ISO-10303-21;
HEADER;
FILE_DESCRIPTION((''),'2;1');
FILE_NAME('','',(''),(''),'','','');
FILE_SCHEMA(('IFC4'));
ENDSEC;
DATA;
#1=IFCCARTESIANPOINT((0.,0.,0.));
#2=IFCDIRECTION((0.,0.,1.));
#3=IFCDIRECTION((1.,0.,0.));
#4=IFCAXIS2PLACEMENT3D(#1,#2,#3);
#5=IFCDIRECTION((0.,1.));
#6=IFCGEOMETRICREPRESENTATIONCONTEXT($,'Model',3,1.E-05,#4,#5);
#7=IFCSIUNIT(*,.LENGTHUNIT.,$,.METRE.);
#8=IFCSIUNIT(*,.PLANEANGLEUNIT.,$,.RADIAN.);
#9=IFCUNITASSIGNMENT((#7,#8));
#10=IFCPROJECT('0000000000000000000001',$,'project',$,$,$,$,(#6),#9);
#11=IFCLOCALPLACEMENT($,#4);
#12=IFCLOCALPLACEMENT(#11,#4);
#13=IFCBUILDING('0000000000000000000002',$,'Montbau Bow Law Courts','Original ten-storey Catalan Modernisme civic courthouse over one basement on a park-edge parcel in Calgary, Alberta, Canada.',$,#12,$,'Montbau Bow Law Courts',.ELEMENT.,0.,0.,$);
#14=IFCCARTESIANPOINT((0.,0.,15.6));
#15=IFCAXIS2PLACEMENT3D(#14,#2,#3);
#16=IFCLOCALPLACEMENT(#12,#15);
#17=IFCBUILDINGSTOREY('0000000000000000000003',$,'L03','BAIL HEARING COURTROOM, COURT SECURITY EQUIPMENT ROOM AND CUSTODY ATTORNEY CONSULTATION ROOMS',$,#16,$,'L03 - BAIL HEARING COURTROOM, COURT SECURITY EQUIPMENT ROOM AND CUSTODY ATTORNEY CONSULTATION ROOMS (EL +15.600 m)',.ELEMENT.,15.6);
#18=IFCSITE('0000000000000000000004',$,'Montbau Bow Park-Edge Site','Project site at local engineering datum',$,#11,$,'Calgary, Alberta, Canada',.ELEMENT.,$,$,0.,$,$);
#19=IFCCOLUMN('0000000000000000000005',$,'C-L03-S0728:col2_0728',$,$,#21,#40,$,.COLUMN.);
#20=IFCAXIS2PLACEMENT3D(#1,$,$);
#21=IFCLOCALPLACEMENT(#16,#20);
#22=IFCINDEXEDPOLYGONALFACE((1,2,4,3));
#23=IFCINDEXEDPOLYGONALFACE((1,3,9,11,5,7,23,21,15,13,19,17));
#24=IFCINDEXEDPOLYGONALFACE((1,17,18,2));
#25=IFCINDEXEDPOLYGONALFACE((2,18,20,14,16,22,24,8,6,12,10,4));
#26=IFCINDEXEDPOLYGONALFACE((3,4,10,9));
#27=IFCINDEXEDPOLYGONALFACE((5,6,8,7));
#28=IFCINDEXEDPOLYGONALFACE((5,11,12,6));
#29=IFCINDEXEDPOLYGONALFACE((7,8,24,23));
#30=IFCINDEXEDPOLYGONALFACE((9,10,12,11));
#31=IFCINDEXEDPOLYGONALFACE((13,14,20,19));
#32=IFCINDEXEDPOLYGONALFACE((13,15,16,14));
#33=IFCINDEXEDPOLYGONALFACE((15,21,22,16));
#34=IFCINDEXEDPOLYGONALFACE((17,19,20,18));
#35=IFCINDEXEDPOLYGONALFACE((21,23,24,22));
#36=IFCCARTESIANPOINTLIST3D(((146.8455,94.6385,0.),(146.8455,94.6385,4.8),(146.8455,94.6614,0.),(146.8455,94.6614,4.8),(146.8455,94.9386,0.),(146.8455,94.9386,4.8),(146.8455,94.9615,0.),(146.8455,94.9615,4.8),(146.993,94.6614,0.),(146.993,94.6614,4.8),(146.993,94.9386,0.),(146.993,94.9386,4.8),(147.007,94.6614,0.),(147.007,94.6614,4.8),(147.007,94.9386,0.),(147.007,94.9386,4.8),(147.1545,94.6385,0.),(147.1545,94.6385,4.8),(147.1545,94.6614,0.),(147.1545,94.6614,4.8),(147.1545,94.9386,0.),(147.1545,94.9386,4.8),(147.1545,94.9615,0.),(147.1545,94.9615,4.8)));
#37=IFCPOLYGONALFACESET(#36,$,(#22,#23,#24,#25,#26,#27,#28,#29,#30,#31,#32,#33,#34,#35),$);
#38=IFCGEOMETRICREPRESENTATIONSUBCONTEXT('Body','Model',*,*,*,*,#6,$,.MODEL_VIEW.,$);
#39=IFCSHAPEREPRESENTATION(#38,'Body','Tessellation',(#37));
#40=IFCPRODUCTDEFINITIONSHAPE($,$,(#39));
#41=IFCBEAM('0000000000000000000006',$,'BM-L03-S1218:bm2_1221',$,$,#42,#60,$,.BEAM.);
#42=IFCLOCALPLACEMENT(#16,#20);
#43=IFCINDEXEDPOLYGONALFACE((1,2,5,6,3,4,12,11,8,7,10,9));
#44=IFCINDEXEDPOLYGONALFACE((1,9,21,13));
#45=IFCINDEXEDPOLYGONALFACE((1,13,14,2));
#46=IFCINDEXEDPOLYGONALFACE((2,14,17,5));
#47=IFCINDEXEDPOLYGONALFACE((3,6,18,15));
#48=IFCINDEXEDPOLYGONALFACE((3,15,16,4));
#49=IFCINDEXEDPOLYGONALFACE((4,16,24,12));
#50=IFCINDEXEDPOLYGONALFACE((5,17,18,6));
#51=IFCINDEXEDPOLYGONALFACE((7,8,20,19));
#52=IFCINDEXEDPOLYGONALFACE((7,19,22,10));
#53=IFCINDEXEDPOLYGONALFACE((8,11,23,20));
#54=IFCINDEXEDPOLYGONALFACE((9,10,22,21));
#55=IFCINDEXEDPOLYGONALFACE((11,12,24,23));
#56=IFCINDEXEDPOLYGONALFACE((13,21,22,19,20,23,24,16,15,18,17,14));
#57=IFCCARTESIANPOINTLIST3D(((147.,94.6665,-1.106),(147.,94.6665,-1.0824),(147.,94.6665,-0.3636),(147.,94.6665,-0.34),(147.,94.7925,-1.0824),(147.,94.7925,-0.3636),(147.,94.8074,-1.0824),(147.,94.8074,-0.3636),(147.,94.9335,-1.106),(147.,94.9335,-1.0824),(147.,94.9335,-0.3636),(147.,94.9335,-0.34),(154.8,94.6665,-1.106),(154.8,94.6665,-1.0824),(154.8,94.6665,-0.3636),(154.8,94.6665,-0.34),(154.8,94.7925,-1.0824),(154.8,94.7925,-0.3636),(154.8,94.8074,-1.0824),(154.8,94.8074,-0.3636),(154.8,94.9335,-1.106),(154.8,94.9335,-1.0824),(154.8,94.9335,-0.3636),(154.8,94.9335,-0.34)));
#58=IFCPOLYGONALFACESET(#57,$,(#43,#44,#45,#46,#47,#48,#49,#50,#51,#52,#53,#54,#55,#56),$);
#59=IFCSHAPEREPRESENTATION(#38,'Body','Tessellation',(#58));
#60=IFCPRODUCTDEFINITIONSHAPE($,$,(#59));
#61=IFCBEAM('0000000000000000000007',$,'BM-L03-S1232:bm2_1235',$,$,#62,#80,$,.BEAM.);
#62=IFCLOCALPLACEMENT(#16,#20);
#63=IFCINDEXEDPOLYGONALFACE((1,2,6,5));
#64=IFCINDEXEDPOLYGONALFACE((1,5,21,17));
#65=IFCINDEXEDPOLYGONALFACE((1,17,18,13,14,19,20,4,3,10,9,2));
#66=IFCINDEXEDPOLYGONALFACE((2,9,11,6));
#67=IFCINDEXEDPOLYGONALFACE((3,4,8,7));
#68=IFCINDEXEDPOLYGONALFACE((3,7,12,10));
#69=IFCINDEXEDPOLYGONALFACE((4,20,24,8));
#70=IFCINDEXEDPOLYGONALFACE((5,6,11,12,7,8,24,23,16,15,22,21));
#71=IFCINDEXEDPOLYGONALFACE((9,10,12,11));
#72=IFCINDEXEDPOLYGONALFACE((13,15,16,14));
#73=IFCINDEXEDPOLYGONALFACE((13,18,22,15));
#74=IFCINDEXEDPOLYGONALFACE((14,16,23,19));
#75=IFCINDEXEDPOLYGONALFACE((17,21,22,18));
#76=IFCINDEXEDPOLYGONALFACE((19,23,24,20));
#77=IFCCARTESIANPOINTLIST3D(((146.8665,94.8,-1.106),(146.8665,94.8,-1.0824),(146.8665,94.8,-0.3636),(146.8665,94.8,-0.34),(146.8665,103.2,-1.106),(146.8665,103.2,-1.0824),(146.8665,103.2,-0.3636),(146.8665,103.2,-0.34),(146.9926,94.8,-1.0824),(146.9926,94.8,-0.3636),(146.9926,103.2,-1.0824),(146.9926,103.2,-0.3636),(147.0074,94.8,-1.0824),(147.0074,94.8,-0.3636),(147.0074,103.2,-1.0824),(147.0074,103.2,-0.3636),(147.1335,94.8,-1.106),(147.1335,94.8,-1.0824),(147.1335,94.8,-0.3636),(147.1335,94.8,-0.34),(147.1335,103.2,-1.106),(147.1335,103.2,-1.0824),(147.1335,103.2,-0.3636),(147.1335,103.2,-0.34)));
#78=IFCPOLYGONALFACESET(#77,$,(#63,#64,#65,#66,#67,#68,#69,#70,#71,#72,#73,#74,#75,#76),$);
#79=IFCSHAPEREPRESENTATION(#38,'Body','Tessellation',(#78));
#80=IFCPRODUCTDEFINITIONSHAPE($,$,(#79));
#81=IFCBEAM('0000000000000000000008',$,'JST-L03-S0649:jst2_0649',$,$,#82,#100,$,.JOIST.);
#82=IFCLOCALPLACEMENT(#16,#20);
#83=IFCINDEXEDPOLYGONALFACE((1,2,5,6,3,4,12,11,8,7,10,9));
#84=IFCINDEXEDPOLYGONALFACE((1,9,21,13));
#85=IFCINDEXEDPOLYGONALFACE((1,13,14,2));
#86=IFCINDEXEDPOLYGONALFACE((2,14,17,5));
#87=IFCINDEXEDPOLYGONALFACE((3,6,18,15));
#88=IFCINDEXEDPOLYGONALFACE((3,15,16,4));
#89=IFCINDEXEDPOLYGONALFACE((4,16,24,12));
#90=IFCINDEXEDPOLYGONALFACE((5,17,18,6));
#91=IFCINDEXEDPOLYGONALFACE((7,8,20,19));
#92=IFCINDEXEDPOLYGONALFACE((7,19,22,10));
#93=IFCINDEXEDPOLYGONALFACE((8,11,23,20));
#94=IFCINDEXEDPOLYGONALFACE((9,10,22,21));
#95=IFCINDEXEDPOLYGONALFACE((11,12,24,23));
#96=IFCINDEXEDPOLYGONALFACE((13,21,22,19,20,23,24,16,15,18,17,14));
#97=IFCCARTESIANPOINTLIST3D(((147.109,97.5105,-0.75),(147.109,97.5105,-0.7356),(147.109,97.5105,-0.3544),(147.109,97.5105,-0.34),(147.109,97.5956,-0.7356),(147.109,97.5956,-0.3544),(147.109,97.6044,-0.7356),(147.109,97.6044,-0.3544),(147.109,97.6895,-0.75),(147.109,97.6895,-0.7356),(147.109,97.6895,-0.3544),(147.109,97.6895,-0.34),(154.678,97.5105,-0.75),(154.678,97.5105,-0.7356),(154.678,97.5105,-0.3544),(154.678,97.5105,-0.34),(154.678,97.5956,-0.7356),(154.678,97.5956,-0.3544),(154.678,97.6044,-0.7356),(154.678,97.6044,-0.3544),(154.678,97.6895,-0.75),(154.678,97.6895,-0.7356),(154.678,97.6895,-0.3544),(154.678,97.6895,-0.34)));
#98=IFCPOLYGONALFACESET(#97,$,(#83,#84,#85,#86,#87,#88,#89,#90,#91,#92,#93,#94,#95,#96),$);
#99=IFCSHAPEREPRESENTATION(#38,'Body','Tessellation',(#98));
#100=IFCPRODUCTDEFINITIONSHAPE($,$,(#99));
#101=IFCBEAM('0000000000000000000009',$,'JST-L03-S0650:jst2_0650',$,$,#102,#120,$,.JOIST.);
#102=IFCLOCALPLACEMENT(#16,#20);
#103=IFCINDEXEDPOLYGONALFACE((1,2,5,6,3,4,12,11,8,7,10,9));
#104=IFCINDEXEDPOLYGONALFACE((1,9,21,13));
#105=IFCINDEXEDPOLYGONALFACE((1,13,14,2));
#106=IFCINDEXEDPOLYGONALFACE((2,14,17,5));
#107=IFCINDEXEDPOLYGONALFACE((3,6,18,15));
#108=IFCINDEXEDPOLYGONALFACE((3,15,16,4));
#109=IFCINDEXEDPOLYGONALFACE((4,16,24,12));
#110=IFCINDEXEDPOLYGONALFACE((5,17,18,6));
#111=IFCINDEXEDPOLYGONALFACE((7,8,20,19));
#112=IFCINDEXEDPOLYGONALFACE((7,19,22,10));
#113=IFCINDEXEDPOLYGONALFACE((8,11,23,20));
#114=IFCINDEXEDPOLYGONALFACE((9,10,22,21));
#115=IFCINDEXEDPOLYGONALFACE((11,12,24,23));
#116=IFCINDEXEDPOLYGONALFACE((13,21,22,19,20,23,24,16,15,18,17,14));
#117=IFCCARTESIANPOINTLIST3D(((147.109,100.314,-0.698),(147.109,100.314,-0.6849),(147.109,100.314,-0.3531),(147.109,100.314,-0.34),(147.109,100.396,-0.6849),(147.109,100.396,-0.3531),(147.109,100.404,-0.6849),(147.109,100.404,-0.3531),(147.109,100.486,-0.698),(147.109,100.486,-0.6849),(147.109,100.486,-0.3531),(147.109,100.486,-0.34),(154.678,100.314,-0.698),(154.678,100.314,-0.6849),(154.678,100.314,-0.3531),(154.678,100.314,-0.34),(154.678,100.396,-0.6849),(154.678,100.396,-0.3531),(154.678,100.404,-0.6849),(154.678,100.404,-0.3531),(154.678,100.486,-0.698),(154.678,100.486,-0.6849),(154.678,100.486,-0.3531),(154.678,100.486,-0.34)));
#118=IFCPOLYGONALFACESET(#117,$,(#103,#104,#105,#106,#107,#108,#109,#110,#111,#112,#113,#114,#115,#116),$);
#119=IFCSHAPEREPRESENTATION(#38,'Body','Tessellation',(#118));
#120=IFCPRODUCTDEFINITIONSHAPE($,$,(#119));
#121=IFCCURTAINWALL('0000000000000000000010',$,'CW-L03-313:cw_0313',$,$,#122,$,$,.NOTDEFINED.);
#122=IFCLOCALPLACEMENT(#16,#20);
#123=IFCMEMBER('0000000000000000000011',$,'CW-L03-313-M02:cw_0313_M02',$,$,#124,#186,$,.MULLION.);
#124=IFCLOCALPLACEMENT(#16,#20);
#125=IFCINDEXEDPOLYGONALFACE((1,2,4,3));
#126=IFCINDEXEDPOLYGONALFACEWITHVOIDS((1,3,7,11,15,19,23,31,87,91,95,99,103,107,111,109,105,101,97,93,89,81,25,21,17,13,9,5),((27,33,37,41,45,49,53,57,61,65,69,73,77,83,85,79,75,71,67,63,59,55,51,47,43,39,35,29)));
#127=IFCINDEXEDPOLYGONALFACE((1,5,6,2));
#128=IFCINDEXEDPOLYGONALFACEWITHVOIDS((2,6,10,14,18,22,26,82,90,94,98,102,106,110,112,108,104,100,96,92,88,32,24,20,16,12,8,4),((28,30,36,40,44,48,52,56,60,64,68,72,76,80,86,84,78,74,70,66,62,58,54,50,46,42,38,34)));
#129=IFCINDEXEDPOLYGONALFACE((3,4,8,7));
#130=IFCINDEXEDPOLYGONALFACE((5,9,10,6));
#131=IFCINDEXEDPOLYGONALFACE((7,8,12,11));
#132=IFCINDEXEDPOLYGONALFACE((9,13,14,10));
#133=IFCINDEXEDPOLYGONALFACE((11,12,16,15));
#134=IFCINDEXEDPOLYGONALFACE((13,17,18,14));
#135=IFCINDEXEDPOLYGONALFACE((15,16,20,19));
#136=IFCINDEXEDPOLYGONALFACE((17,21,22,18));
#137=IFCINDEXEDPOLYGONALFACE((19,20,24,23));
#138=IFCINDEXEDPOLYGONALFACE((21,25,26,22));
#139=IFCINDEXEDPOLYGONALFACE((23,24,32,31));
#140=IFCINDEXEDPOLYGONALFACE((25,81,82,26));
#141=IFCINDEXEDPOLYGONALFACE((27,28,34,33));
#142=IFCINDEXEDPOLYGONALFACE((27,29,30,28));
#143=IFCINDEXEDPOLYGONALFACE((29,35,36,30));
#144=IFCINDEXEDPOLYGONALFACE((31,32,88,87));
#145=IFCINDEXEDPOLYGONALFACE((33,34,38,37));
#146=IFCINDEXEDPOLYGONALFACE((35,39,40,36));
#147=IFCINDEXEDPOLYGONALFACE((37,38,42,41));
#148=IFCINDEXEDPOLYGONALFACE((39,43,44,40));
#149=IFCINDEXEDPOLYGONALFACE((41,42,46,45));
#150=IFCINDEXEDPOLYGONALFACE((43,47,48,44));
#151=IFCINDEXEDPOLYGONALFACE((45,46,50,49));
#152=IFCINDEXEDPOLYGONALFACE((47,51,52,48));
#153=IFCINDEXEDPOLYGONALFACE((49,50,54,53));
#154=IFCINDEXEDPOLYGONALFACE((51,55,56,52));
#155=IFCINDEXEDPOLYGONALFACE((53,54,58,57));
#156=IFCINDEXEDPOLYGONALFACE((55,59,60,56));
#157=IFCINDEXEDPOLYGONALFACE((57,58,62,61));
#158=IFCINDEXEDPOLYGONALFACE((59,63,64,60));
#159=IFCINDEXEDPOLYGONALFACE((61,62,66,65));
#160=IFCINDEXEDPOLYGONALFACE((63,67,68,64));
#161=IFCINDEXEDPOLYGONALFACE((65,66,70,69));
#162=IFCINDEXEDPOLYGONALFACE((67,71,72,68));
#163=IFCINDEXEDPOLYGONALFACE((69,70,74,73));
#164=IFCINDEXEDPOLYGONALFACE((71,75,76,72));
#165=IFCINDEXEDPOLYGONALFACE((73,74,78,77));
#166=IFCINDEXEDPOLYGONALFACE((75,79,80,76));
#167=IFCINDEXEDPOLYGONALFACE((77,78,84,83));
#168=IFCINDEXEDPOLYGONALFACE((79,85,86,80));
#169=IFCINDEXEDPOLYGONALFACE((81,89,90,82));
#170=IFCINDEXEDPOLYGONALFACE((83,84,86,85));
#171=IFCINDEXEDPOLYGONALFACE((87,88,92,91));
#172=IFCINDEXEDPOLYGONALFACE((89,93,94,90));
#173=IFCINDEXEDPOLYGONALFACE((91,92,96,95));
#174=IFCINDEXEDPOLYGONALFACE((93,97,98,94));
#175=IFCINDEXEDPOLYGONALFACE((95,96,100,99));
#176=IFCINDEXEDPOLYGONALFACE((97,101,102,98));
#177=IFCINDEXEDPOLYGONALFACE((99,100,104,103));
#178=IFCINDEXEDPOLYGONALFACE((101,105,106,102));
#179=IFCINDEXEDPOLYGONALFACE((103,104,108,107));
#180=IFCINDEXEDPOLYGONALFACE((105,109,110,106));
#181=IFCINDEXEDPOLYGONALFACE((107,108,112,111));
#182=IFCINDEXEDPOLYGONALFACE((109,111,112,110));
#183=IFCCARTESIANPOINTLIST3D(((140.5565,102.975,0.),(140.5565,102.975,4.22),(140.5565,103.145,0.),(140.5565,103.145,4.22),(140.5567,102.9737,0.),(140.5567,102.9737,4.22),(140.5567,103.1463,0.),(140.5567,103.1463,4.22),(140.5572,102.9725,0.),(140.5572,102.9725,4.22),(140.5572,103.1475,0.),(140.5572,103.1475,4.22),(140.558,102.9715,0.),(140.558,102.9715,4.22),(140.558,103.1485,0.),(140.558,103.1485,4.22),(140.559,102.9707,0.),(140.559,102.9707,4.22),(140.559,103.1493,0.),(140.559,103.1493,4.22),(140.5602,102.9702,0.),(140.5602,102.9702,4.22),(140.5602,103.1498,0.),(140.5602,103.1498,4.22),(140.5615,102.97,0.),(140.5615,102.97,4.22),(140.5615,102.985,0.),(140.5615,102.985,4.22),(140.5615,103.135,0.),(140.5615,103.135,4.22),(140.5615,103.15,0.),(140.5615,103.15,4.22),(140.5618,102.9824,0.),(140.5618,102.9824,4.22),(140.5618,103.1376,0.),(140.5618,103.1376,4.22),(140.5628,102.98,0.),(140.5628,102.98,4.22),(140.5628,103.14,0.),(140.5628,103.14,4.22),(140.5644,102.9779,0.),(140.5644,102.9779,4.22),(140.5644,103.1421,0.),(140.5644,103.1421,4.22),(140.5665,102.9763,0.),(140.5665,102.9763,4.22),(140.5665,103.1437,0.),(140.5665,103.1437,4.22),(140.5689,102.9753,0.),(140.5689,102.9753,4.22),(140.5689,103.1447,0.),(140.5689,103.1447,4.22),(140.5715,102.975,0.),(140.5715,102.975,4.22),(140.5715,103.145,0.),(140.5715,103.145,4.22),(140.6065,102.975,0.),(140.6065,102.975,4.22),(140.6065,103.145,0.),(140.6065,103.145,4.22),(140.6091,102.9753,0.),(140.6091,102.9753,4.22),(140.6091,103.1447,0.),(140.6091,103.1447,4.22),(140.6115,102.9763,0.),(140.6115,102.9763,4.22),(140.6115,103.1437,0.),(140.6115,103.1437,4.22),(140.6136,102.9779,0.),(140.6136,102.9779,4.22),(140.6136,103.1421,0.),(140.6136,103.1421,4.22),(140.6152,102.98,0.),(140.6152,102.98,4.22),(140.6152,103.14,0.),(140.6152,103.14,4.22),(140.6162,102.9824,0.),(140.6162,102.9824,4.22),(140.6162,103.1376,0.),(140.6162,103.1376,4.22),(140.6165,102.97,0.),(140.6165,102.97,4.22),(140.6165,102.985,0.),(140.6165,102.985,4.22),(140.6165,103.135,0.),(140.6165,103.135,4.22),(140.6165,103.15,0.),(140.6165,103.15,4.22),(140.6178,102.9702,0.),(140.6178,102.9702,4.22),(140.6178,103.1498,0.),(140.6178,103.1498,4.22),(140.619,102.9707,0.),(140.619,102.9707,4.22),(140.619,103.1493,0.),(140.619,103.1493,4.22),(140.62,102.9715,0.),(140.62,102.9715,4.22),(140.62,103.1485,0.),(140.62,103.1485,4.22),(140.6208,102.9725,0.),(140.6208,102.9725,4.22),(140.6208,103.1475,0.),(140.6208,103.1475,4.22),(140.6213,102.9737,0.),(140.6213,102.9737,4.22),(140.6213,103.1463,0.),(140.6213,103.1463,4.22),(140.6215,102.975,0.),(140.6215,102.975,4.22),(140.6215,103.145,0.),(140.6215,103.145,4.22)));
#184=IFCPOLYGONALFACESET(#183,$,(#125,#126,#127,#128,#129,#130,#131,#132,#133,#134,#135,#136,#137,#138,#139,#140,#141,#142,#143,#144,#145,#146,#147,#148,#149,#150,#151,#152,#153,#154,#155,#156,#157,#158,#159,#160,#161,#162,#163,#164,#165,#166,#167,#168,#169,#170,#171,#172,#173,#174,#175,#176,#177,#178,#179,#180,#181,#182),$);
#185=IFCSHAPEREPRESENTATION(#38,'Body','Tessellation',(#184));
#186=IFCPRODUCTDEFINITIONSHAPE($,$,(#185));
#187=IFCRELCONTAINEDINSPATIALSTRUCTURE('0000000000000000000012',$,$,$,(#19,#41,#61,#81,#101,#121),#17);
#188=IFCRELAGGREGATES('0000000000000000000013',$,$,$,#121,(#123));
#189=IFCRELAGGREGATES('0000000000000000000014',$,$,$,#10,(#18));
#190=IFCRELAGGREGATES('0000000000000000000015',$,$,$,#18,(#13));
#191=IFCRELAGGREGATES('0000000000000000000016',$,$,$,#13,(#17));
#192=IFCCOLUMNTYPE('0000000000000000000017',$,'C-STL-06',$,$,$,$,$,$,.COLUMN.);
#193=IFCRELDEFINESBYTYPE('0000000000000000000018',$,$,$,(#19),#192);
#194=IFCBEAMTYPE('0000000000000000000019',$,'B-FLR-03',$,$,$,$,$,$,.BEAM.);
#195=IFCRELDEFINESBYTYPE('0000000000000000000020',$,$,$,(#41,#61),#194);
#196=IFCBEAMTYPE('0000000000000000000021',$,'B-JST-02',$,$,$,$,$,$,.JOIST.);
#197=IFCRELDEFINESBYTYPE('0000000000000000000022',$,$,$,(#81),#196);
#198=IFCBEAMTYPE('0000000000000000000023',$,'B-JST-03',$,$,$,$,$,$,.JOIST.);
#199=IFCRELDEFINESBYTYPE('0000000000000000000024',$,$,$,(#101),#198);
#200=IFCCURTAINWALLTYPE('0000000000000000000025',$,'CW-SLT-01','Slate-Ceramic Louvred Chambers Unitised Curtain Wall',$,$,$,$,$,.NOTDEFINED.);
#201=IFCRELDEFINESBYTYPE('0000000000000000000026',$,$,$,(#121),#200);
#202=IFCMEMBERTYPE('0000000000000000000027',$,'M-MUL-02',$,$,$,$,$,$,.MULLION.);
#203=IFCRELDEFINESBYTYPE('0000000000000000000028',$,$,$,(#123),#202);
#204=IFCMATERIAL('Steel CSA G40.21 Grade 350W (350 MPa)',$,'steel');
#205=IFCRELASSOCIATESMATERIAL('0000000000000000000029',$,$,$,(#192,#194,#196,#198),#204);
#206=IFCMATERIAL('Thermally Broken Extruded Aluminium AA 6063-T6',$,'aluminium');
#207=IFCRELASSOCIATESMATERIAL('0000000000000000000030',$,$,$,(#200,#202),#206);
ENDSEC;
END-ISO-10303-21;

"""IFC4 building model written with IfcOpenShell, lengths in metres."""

from ifc_helpers import new_model, si_unit, direction, frame, origin_with_axes, origin_2d_with_axis, place, context, subcontext, project, spatial, hollow_rectangle, i_section, extrude, material, material_profile, profile_set, type_object, element, aggregate, save


model = new_model("IFC4")

# Units and contexts
model_context = context("Model", 3, precision=1e-05, world=origin_with_axes(), true_north=direction((0.0, 1.0)))
body_context = subcontext(model_context, "Body", "Model", "MODEL_VIEW")
ifc_project = project(units=[si_unit("LENGTHUNIT", "METRE"), si_unit("PLANEANGLEUNIT", "RADIAN")], contexts=[model_context])

# Site, building, storey
site_placement = place(None, origin_with_axes())
site = spatial("IfcSite", under=ifc_project, at=site_placement, Name="Montbau Bow Park-Edge Site", Description="Project site at local engineering datum", LongName="Calgary, Alberta, Canada", CompositionType="ELEMENT", RefElevation=0.0)
building_placement = place(site_placement, origin_with_axes())
building = spatial("IfcBuilding", under=site, at=building_placement, Name="Montbau Bow Law Courts", Description="Original ten-storey Catalan Modernisme civic courthouse over one basement on a park-edge parcel in Calgary, Alberta, Canada.", LongName="Montbau Bow Law Courts", CompositionType="ELEMENT", ElevationOfRefHeight=0.0, ElevationOfTerrain=0.0)
storey_placement = place(building_placement, frame((0.0, 0.0, 15.6), z_axis=(0.0, 0.0, 1.0), x_axis=(1.0, 0.0, 0.0)))
storey = spatial("IfcBuildingStorey", under=building, at=storey_placement, Name="L03", Description="BAIL HEARING COURTROOM, COURT SECURITY EQUIPMENT ROOM AND CUSTODY ATTORNEY CONSULTATION ROOMS", LongName="L03 - BAIL HEARING COURTROOM, COURT SECURITY EQUIPMENT ROOM AND CUSTODY ATTORNEY CONSULTATION ROOMS (EL +15.600 m)", CompositionType="ELEMENT", Elevation=15.6)

# Column
ifc_material_1 = material(Name="Steel CSA G40.21 Grade 350W (350 MPa)", Category="steel")
ifc_material_profile_1 = material_profile(ifc_material_1, i_section(OverallWidth=0.309, OverallDepth=0.323, WebThickness=0.014, FlangeThickness=0.0229, at=origin_2d_with_axis()), Name="W310X143", Category="Main", Priority=0)
ifc_profile_set_1 = profile_set([ifc_material_profile_1], Name="Steel CSA G40.21 Grade 350W (350 MPa)")
column_type = type_object("IfcColumnType", Name="C-STL-06", PredefinedType="COLUMN", material=ifc_profile_set_1)
column_placement = place(None, frame((147.0, 94.8, 15.6), z_axis=(0.0, 0.0, 1.0), x_axis=(1.0, 0.0, 0.0)))
element("IfcColumn", 1, at=column_placement, inside=storey, type_object=column_type, Name="C-L03-S0728:col2_0728", PredefinedType="COLUMN", context=body_context, shape_type="SweptSolid", body=[
    extrude(i_section(OverallWidth=0.309, OverallDepth=0.323, WebThickness=0.014, FlangeThickness=0.0229, at=origin_2d_with_axis()), origin_with_axes(), (0.0, 0.0, 1.0), 4.8),
])

# Beams
ifc_material_profile_2 = material_profile(ifc_material_1, i_section(OverallWidth=0.267, OverallDepth=0.766, WebThickness=0.0149, FlangeThickness=0.0236, at=origin_2d_with_axis()), Name="W760X185", Category="Main", Priority=0)
ifc_profile_set_2 = profile_set([ifc_material_profile_2], Name="Steel CSA G40.21 Grade 350W (350 MPa)")
beam_type_1 = type_object("IfcBeamType", Name="B-FLR-03", PredefinedType="BEAM", material=ifc_profile_set_2)
beam_1_placement = place(None, frame((147.0, 94.8, 14.877), z_axis=(1.0, 0.0, 0.0), x_axis=(0.0, 1.0, 0.0)))
element("IfcBeam", 2, at=beam_1_placement, inside=storey, type_object=beam_type_1, Name="BM-L03-S1218:bm2_1221", PredefinedType="BEAM", context=body_context, shape_type="SweptSolid", body=[
    extrude(i_section(OverallWidth=0.267, OverallDepth=0.766, WebThickness=0.0149, FlangeThickness=0.0236, at=origin_2d_with_axis()), origin_with_axes(), (0.0, 0.0, 1.0), 7.8),
])
beam_2_placement = place(None, frame((147.0, 94.8, 14.877), z_axis=(0.0, 1.0, 0.0), x_axis=(-1.0, 0.0, 0.0)))
element("IfcBeam", 3, at=beam_2_placement, inside=storey, type_object=beam_type_1, Name="BM-L03-S1232:bm2_1235", PredefinedType="BEAM", context=body_context, shape_type="SweptSolid", body=[
    extrude(i_section(OverallWidth=0.267, OverallDepth=0.766, WebThickness=0.0149, FlangeThickness=0.0236, at=origin_2d_with_axis()), origin_with_axes(), (0.0, 0.0, 1.0), 8.4),
])
ifc_material_profile_3 = material_profile(ifc_material_1, i_section(OverallWidth=0.179, OverallDepth=0.41, WebThickness=0.0088, FlangeThickness=0.0144, at=origin_2d_with_axis()), Name="W410X67", Category="Main", Priority=0)
ifc_profile_set_3 = profile_set([ifc_material_profile_3], Name="Steel CSA G40.21 Grade 350W (350 MPa)")
beam_type_2 = type_object("IfcBeamType", Name="B-JST-02", PredefinedType="JOIST", material=ifc_profile_set_3)
beam_3_placement = place(None, frame((147.109, 97.6, 15.055), z_axis=(1.0, 0.0, 0.0), x_axis=(0.0, 1.0, 0.0)))
element("IfcBeam", 4, at=beam_3_placement, inside=storey, type_object=beam_type_2, Name="JST-L03-S0649:jst2_0649", PredefinedType="JOIST", context=body_context, shape_type="SweptSolid", body=[
    extrude(i_section(OverallWidth=0.179, OverallDepth=0.41, WebThickness=0.0088, FlangeThickness=0.0144, at=origin_2d_with_axis()), origin_with_axes(), (0.0, 0.0, 1.0), 7.569),
])
ifc_material_profile_4 = material_profile(ifc_material_1, i_section(OverallWidth=0.172, OverallDepth=0.358, WebThickness=0.0079, FlangeThickness=0.0131, at=origin_2d_with_axis()), Name="W360X57", Category="Main", Priority=0)
ifc_profile_set_4 = profile_set([ifc_material_profile_4], Name="Steel CSA G40.21 Grade 350W (350 MPa)")
beam_type_3 = type_object("IfcBeamType", Name="B-JST-03", PredefinedType="JOIST", material=ifc_profile_set_4)
beam_4_placement = place(None, frame((147.109, 100.4, 15.081), z_axis=(1.0, 0.0, 0.0), x_axis=(0.0, 1.0, 0.0)))
element("IfcBeam", 5, at=beam_4_placement, inside=storey, type_object=beam_type_3, Name="JST-L03-S0650:jst2_0650", PredefinedType="JOIST", context=body_context, shape_type="SweptSolid", body=[
    extrude(i_section(OverallWidth=0.172, OverallDepth=0.358, WebThickness=0.0079, FlangeThickness=0.0131, at=origin_2d_with_axis()), origin_with_axes(), (0.0, 0.0, 1.0), 7.569),
])

# Curtain wall, member
ifc_material_2 = material(Name="Thermally Broken Extruded Aluminium AA 6063-T6", Category="aluminium")
curtain_wall_type = type_object("IfcCurtainWallType", Name="CW-SLT-01", Description="Slate-Ceramic Louvred Chambers Unitised Curtain Wall", PredefinedType="NOTDEFINED", material=ifc_material_2)
curtain_wall_placement = place(None, frame((139.115, 103.06, 15.6), z_axis=(0.0, 0.0, 1.0), x_axis=(1.0, 0.0, 0.0)))
curtain_wall = element("IfcCurtainWall", 6, at=curtain_wall_placement, inside=storey, type_object=curtain_wall_type, Name="CW-L03-313:cw_0313", PredefinedType="NOTDEFINED")
ifc_material_profile_5 = material_profile(ifc_material_2, hollow_rectangle(XDim=0.065, YDim=0.18, WallThickness=0.005, InnerFilletRadius=0.01, OuterFilletRadius=0.005, at=origin_2d_with_axis()), Name="CWM-180X65", Category="Main", Priority=0)
ifc_profile_set_5 = profile_set([ifc_material_profile_5], Name="Thermally Broken Extruded Aluminium AA 6063-T6")
member_type_1 = type_object("IfcMemberType", Name="M-MUL-02", PredefinedType="MULLION", material=ifc_profile_set_5)
member_1_placement = place(None, frame((140.589, 103.06, 15.6), z_axis=(0.0, 0.0, 1.0), x_axis=(1.0, 0.0, 0.0)))
member_1 = element("IfcMember", 7, at=member_1_placement, type_object=member_type_1, Name="CW-L03-313-M02:cw_0313_M02", PredefinedType="MULLION", context=body_context, shape_type="SweptSolid", body=[
    extrude(hollow_rectangle(XDim=0.065, YDim=0.18, WallThickness=0.005, InnerFilletRadius=0.01, OuterFilletRadius=0.005, at=origin_2d_with_axis()), origin_with_axes(), (0.0, 0.0, 1.0), 4.22),
])
aggregate(curtain_wall, [member_1])

save(model, "model.ifc")
